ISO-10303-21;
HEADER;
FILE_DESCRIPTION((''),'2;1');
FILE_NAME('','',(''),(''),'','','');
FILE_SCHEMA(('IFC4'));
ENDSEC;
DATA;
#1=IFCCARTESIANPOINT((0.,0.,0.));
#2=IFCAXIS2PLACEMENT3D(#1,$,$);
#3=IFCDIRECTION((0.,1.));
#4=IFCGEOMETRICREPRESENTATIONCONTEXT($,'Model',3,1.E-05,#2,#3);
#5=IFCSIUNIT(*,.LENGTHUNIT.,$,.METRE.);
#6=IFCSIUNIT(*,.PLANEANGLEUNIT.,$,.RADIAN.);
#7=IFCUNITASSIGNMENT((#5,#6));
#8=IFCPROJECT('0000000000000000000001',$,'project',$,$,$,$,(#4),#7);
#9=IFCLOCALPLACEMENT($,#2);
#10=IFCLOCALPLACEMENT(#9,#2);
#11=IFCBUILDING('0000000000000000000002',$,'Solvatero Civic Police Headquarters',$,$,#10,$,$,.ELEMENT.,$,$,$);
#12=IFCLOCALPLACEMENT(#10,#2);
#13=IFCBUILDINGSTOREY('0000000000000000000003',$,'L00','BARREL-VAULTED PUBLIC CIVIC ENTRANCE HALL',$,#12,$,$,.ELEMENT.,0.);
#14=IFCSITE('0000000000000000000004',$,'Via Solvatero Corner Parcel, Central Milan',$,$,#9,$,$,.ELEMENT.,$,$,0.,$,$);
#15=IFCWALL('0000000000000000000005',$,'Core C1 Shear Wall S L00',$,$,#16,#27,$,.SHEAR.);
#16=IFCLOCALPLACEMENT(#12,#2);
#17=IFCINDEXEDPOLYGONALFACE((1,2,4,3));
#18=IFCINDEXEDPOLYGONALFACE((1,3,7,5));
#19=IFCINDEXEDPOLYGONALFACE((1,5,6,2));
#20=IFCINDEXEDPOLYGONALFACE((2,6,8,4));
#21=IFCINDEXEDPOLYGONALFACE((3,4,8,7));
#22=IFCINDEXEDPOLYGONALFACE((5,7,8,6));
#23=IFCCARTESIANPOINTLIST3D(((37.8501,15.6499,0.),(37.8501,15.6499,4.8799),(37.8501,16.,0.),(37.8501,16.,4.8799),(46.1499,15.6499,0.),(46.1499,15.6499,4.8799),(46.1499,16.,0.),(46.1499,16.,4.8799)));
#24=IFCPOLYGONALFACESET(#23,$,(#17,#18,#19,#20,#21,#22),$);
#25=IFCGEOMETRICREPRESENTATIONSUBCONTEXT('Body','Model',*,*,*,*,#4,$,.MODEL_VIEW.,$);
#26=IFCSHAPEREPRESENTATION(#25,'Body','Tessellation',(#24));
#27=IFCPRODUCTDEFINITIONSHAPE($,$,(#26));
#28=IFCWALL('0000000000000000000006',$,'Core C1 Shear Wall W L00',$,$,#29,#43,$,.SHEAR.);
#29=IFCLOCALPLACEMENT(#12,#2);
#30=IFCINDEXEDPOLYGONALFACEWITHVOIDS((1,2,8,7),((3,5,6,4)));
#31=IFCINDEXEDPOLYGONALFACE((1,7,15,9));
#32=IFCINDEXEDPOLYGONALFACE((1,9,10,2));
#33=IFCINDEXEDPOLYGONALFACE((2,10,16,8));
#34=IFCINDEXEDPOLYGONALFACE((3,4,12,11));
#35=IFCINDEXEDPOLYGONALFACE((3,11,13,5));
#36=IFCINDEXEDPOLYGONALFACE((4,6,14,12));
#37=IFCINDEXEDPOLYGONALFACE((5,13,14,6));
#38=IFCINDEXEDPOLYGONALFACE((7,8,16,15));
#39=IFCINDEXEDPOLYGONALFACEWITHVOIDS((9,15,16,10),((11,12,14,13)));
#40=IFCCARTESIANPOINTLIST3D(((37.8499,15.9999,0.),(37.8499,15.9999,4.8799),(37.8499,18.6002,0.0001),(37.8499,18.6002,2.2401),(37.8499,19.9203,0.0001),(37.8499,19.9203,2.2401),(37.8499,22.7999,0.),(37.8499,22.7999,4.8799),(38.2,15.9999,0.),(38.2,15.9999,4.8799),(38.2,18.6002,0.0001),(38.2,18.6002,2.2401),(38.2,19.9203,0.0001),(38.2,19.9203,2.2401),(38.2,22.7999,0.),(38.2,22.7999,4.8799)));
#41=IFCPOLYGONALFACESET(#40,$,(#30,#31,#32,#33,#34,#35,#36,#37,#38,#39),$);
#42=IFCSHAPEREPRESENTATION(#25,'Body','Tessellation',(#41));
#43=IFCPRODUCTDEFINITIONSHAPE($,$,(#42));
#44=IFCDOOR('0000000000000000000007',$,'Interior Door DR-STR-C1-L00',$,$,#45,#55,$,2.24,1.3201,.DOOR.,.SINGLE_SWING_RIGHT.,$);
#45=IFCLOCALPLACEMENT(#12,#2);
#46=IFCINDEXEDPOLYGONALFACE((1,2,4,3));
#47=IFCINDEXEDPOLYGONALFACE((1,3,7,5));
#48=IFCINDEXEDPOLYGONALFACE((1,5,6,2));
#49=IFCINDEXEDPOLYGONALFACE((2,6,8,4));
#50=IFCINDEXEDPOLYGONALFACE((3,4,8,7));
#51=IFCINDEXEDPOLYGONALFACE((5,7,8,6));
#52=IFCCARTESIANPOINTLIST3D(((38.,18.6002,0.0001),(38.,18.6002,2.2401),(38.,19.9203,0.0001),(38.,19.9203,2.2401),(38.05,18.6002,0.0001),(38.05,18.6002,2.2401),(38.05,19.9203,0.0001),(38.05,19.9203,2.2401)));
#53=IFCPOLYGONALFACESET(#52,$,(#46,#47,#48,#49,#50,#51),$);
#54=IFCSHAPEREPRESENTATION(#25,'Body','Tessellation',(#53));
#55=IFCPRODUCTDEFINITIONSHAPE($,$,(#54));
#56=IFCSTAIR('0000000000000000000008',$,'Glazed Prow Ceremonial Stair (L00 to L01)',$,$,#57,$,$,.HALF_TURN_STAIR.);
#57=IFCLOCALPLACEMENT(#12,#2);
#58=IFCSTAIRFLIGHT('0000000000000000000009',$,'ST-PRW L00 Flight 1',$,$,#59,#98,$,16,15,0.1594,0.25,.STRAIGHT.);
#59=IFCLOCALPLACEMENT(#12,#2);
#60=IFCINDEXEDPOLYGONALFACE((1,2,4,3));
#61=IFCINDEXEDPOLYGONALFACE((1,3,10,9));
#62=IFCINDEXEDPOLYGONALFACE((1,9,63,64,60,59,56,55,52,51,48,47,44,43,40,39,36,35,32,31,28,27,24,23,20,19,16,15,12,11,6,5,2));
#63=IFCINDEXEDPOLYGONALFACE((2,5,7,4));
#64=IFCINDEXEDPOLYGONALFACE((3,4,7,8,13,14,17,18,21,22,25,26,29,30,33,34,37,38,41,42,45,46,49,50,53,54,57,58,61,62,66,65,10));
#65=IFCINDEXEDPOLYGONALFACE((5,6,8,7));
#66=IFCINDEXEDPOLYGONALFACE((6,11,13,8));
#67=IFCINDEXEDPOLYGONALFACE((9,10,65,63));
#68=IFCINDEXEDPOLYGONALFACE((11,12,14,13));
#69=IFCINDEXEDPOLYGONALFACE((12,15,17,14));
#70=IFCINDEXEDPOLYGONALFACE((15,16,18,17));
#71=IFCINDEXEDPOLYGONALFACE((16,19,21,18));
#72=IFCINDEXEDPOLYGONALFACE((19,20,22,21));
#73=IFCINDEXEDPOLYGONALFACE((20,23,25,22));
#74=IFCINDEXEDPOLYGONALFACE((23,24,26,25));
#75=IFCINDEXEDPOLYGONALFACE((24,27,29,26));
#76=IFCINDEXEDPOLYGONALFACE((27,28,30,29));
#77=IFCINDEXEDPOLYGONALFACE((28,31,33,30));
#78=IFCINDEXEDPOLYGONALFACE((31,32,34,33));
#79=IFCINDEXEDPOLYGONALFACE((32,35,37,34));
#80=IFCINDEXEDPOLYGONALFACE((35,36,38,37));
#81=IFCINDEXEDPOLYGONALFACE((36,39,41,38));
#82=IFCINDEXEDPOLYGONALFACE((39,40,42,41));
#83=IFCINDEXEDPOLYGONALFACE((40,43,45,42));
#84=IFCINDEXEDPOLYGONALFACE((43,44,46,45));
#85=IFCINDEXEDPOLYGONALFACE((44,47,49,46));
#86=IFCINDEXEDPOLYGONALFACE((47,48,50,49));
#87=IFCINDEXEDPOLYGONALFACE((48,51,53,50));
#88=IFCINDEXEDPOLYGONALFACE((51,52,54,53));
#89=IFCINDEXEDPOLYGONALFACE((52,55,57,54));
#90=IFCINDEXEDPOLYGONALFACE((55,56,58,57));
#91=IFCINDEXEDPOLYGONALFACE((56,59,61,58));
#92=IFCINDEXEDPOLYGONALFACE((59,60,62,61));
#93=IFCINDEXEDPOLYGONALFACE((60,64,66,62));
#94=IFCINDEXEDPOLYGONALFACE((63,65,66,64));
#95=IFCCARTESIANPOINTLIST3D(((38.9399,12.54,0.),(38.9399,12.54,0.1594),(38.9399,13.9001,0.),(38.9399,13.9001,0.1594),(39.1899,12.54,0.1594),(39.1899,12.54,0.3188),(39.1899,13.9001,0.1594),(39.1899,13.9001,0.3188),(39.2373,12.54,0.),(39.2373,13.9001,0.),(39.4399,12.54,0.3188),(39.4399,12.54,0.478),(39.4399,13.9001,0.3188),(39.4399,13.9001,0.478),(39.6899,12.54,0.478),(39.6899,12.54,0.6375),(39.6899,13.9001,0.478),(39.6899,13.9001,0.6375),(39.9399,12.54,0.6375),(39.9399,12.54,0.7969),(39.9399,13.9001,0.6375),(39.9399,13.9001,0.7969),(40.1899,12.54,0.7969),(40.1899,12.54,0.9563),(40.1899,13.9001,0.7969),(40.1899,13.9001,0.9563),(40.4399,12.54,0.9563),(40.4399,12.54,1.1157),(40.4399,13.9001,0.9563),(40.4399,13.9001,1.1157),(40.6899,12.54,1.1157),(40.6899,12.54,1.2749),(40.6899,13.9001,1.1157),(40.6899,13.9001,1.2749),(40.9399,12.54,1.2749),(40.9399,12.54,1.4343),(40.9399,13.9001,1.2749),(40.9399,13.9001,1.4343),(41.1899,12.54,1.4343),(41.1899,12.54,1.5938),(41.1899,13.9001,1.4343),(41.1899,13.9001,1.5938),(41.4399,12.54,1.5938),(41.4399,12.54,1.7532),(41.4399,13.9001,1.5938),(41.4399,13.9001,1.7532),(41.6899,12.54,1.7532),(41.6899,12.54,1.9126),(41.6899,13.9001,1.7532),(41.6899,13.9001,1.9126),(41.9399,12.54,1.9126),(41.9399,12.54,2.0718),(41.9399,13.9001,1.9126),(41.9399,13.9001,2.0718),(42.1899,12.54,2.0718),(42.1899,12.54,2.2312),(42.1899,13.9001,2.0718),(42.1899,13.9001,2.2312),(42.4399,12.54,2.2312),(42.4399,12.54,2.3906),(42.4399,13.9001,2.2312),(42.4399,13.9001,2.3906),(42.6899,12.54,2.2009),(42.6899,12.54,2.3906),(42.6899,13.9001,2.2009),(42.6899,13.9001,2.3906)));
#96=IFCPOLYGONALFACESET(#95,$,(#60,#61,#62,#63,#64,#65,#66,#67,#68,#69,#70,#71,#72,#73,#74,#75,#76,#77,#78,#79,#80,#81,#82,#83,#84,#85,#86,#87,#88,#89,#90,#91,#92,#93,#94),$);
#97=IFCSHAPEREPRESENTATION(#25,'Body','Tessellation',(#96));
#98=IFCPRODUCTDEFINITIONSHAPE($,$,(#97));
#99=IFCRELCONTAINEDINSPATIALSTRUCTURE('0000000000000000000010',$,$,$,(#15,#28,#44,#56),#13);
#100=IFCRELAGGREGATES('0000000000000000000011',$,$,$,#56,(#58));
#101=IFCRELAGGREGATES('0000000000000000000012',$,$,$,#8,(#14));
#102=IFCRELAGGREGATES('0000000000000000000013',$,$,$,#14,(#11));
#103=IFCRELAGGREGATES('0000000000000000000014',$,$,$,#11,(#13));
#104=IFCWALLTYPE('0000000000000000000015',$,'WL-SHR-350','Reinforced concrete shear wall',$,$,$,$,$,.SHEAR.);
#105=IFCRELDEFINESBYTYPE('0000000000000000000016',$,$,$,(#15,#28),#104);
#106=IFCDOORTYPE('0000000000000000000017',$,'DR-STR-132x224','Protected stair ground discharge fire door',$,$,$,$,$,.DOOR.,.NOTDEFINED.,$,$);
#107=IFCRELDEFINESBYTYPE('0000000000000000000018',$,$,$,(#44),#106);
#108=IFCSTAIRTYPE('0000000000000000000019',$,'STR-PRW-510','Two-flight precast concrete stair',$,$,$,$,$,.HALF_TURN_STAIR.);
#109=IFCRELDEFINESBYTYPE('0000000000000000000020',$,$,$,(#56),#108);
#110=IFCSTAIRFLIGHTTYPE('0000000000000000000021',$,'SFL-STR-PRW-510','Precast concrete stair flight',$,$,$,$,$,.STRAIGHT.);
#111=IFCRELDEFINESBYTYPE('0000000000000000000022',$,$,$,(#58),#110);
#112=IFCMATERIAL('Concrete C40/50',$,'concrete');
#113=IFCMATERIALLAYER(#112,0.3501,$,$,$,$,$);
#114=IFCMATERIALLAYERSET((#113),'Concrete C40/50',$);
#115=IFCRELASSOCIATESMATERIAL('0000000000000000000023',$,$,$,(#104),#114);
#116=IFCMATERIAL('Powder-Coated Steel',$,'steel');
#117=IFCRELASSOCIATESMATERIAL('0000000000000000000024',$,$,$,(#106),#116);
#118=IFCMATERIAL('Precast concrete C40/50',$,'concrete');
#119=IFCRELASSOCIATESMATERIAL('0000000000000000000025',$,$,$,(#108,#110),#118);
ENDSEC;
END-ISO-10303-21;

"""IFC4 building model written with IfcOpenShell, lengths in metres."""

from ifc_helpers import new_model, si_unit, direction, frame, frame_2d, origin, place, context, subcontext, project, spatial, polyline, rectangle, outline, extrude, material, layer, layer_set, type_object, element, fill, aggregate, save


model = new_model("IFC4")

# Units and contexts
model_context = context("Model", 3, precision=1e-05, world=origin(), true_north=direction((0.0, 1.0)))
body_context = subcontext(model_context, "Body", "Model", "MODEL_VIEW")
ifc_project = project(units=[si_unit("LENGTHUNIT", "METRE"), si_unit("PLANEANGLEUNIT", "RADIAN")], contexts=[model_context])

# Site, building, storey
site_placement = place(None, origin())
site = spatial("IfcSite", under=ifc_project, at=site_placement, Name="Via Solvatero Corner Parcel, Central Milan", CompositionType="ELEMENT", RefElevation=0.0)
building_placement = place(site_placement, origin())
building = spatial("IfcBuilding", under=site, at=building_placement, Name="Solvatero Civic Police Headquarters", CompositionType="ELEMENT")
storey_placement = place(building_placement, origin())
storey = spatial("IfcBuildingStorey", under=building, at=storey_placement, Name="L00", Description="BARREL-VAULTED PUBLIC CIVIC ENTRANCE HALL", CompositionType="ELEMENT", Elevation=0.0)

# Shared definitions
ifc_material_1 = material(Name="Concrete C40/50", Category="concrete")

# Wall
ifc_layer_1 = layer(ifc_material_1, 0.3501)
ifc_layer_set_1 = layer_set([ifc_layer_1], Name="Concrete C40/50")
wall_type = type_object("IfcWallType", Name="WL-SHR-350", Description="Reinforced concrete shear wall", PredefinedType="SHEAR", material=ifc_layer_set_1)
wall_1_placement = place(storey_placement, frame((37.8501, 15.825, 0.0), z_axis=(0.0, 0.0, 1.0), x_axis=(1.0, 0.0, 0.0)))
element("IfcWall", 1, at=wall_1_placement, inside=storey, type_object=wall_type, Name="Core C1 Shear Wall S L00", PredefinedType="SHEAR", context=body_context, shape_type="SweptSolid", body=[
    extrude(rectangle(XDim=8.2998, YDim=0.3501, at=frame_2d((4.1499, 0.0))), origin(), (0.0, 0.0, 1.0), 4.8799),
])

# Wall, opening, door
wall_2_placement = place(storey_placement, frame((38.0249, 16.0, 0.0), z_axis=(0.0, 0.0, 1.0), x_axis=(0.0, 1.0, 0.0)))
wall_2 = element("IfcWall", 2, at=wall_2_placement, inside=storey, type_object=wall_type, Name="Core C1 Shear Wall W L00", PredefinedType="SHEAR", context=body_context, shape_type="SweptSolid", body=[
    extrude(rectangle(XDim=6.8, YDim=0.3501, at=frame_2d((3.3999, 0.0))), origin(), (0.0, 0.0, 1.0), 4.8799),
])
opening_placement = place(wall_2_placement, frame((2.6001, 0.0, 0.0)))
opening = element("IfcOpeningElement", 3, at=opening_placement, cuts=wall_2, PredefinedType="OPENING", context=body_context, shape_type="SweptSolid", body=[
    extrude(rectangle(XDim=1.3201, YDim=2.24, at=frame_2d((0.6602, 1.1201))), frame((0.0, 0.1851, 0.0), z_axis=(0.0, -1.0, 0.0), x_axis=(1.0, 0.0, 0.0)), (0.0, 0.0, 1.0), 0.3701),
])
ifc_material_2 = material(Name="Powder-Coated Steel", Category="steel")
door_type = type_object("IfcDoorType", Name="DR-STR-132x224", Description="Protected stair ground discharge fire door", OperationType="NOTDEFINED", PredefinedType="DOOR", material=ifc_material_2)
door_placement = place(opening_placement, origin())
door = element("IfcDoor", 4, at=door_placement, inside=storey, type_object=door_type, Name="Interior Door DR-STR-C1-L00", OperationType="SINGLE_SWING_RIGHT", OverallHeight=2.24, OverallWidth=1.3201, PredefinedType="DOOR", context=body_context, shape_type="SweptSolid", body=[
    extrude(rectangle(XDim=1.3201, YDim=2.24, at=frame_2d((0.6602, 1.1201))), frame((0.0, 0.0249, 0.0), z_axis=(0.0, -1.0, 0.0), x_axis=(1.0, 0.0, 0.0)), (0.0, 0.0, 1.0), 0.05),
])
fill(opening, door)

# Stair, stair flight
ifc_material_3 = material(Name="Precast concrete C40/50", Category="concrete")
stair_type = type_object("IfcStairType", Name="STR-PRW-510", Description="Two-flight precast concrete stair", PredefinedType="HALF_TURN_STAIR", material=ifc_material_3)
stair_placement = place(storey_placement, origin())
stair = element("IfcStair", 5, at=stair_placement, inside=storey, type_object=stair_type, Name="Glazed Prow Ceremonial Stair (L00 to L01)", PredefinedType="HALF_TURN_STAIR")
stair_flight_type = type_object("IfcStairFlightType", Name="SFL-STR-PRW-510", Description="Precast concrete stair flight", PredefinedType="STRAIGHT", material=ifc_material_3)
stair_flight_placement = place(storey_placement, frame((38.9399, 13.22, 0.0), z_axis=(0.0, 0.0, 1.0), x_axis=(1.0, 0.0, 0.0)))
stair_flight = element("IfcStairFlight", 6, at=stair_flight_placement, type_object=stair_flight_type, Name="ST-PRW L00 Flight 1", NumberOfRisers=16, NumberOfTreads=15, PredefinedType="STRAIGHT", RiserHeight=0.1594, TreadLength=0.25, context=body_context, shape_type="SweptSolid", body=[
    extrude(outline(polyline([(0.0, 0.0), (0.0, 0.1594), (0.25, 0.1594), (0.25, 0.3188), (0.5, 0.3188), (0.5, 0.478), (0.75, 0.478), (0.75, 0.6375), (1.0, 0.6375), (1.0, 0.7969), (1.25, 0.7969), (1.25, 0.9563), (1.5, 0.9563), (1.5, 1.1157), (1.75, 1.1157), (1.75, 1.2749), (2.0, 1.2749), (2.0, 1.4343), (2.25, 1.4343), (2.25, 1.5938), (2.5, 1.5938), (2.5, 1.7532), (2.75, 1.7532), (2.75, 1.9126), (3.0, 1.9126), (3.0, 2.0718), (3.25, 2.0718), (3.25, 2.2312), (3.5, 2.2312), (3.5, 2.3906), (3.75, 2.3906), (3.75, 2.55), (3.75, 2.2009), (0.2974, 0.0), (0.0, 0.0)])), frame((0.0, 0.6802, 0.0), z_axis=(0.0, -1.0, 0.0), x_axis=(1.0, 0.0, 0.0)), (0.0, 0.0, 1.0), 1.3601),
])
aggregate(stair, [stair_flight])

save(model, "model.ifc")
